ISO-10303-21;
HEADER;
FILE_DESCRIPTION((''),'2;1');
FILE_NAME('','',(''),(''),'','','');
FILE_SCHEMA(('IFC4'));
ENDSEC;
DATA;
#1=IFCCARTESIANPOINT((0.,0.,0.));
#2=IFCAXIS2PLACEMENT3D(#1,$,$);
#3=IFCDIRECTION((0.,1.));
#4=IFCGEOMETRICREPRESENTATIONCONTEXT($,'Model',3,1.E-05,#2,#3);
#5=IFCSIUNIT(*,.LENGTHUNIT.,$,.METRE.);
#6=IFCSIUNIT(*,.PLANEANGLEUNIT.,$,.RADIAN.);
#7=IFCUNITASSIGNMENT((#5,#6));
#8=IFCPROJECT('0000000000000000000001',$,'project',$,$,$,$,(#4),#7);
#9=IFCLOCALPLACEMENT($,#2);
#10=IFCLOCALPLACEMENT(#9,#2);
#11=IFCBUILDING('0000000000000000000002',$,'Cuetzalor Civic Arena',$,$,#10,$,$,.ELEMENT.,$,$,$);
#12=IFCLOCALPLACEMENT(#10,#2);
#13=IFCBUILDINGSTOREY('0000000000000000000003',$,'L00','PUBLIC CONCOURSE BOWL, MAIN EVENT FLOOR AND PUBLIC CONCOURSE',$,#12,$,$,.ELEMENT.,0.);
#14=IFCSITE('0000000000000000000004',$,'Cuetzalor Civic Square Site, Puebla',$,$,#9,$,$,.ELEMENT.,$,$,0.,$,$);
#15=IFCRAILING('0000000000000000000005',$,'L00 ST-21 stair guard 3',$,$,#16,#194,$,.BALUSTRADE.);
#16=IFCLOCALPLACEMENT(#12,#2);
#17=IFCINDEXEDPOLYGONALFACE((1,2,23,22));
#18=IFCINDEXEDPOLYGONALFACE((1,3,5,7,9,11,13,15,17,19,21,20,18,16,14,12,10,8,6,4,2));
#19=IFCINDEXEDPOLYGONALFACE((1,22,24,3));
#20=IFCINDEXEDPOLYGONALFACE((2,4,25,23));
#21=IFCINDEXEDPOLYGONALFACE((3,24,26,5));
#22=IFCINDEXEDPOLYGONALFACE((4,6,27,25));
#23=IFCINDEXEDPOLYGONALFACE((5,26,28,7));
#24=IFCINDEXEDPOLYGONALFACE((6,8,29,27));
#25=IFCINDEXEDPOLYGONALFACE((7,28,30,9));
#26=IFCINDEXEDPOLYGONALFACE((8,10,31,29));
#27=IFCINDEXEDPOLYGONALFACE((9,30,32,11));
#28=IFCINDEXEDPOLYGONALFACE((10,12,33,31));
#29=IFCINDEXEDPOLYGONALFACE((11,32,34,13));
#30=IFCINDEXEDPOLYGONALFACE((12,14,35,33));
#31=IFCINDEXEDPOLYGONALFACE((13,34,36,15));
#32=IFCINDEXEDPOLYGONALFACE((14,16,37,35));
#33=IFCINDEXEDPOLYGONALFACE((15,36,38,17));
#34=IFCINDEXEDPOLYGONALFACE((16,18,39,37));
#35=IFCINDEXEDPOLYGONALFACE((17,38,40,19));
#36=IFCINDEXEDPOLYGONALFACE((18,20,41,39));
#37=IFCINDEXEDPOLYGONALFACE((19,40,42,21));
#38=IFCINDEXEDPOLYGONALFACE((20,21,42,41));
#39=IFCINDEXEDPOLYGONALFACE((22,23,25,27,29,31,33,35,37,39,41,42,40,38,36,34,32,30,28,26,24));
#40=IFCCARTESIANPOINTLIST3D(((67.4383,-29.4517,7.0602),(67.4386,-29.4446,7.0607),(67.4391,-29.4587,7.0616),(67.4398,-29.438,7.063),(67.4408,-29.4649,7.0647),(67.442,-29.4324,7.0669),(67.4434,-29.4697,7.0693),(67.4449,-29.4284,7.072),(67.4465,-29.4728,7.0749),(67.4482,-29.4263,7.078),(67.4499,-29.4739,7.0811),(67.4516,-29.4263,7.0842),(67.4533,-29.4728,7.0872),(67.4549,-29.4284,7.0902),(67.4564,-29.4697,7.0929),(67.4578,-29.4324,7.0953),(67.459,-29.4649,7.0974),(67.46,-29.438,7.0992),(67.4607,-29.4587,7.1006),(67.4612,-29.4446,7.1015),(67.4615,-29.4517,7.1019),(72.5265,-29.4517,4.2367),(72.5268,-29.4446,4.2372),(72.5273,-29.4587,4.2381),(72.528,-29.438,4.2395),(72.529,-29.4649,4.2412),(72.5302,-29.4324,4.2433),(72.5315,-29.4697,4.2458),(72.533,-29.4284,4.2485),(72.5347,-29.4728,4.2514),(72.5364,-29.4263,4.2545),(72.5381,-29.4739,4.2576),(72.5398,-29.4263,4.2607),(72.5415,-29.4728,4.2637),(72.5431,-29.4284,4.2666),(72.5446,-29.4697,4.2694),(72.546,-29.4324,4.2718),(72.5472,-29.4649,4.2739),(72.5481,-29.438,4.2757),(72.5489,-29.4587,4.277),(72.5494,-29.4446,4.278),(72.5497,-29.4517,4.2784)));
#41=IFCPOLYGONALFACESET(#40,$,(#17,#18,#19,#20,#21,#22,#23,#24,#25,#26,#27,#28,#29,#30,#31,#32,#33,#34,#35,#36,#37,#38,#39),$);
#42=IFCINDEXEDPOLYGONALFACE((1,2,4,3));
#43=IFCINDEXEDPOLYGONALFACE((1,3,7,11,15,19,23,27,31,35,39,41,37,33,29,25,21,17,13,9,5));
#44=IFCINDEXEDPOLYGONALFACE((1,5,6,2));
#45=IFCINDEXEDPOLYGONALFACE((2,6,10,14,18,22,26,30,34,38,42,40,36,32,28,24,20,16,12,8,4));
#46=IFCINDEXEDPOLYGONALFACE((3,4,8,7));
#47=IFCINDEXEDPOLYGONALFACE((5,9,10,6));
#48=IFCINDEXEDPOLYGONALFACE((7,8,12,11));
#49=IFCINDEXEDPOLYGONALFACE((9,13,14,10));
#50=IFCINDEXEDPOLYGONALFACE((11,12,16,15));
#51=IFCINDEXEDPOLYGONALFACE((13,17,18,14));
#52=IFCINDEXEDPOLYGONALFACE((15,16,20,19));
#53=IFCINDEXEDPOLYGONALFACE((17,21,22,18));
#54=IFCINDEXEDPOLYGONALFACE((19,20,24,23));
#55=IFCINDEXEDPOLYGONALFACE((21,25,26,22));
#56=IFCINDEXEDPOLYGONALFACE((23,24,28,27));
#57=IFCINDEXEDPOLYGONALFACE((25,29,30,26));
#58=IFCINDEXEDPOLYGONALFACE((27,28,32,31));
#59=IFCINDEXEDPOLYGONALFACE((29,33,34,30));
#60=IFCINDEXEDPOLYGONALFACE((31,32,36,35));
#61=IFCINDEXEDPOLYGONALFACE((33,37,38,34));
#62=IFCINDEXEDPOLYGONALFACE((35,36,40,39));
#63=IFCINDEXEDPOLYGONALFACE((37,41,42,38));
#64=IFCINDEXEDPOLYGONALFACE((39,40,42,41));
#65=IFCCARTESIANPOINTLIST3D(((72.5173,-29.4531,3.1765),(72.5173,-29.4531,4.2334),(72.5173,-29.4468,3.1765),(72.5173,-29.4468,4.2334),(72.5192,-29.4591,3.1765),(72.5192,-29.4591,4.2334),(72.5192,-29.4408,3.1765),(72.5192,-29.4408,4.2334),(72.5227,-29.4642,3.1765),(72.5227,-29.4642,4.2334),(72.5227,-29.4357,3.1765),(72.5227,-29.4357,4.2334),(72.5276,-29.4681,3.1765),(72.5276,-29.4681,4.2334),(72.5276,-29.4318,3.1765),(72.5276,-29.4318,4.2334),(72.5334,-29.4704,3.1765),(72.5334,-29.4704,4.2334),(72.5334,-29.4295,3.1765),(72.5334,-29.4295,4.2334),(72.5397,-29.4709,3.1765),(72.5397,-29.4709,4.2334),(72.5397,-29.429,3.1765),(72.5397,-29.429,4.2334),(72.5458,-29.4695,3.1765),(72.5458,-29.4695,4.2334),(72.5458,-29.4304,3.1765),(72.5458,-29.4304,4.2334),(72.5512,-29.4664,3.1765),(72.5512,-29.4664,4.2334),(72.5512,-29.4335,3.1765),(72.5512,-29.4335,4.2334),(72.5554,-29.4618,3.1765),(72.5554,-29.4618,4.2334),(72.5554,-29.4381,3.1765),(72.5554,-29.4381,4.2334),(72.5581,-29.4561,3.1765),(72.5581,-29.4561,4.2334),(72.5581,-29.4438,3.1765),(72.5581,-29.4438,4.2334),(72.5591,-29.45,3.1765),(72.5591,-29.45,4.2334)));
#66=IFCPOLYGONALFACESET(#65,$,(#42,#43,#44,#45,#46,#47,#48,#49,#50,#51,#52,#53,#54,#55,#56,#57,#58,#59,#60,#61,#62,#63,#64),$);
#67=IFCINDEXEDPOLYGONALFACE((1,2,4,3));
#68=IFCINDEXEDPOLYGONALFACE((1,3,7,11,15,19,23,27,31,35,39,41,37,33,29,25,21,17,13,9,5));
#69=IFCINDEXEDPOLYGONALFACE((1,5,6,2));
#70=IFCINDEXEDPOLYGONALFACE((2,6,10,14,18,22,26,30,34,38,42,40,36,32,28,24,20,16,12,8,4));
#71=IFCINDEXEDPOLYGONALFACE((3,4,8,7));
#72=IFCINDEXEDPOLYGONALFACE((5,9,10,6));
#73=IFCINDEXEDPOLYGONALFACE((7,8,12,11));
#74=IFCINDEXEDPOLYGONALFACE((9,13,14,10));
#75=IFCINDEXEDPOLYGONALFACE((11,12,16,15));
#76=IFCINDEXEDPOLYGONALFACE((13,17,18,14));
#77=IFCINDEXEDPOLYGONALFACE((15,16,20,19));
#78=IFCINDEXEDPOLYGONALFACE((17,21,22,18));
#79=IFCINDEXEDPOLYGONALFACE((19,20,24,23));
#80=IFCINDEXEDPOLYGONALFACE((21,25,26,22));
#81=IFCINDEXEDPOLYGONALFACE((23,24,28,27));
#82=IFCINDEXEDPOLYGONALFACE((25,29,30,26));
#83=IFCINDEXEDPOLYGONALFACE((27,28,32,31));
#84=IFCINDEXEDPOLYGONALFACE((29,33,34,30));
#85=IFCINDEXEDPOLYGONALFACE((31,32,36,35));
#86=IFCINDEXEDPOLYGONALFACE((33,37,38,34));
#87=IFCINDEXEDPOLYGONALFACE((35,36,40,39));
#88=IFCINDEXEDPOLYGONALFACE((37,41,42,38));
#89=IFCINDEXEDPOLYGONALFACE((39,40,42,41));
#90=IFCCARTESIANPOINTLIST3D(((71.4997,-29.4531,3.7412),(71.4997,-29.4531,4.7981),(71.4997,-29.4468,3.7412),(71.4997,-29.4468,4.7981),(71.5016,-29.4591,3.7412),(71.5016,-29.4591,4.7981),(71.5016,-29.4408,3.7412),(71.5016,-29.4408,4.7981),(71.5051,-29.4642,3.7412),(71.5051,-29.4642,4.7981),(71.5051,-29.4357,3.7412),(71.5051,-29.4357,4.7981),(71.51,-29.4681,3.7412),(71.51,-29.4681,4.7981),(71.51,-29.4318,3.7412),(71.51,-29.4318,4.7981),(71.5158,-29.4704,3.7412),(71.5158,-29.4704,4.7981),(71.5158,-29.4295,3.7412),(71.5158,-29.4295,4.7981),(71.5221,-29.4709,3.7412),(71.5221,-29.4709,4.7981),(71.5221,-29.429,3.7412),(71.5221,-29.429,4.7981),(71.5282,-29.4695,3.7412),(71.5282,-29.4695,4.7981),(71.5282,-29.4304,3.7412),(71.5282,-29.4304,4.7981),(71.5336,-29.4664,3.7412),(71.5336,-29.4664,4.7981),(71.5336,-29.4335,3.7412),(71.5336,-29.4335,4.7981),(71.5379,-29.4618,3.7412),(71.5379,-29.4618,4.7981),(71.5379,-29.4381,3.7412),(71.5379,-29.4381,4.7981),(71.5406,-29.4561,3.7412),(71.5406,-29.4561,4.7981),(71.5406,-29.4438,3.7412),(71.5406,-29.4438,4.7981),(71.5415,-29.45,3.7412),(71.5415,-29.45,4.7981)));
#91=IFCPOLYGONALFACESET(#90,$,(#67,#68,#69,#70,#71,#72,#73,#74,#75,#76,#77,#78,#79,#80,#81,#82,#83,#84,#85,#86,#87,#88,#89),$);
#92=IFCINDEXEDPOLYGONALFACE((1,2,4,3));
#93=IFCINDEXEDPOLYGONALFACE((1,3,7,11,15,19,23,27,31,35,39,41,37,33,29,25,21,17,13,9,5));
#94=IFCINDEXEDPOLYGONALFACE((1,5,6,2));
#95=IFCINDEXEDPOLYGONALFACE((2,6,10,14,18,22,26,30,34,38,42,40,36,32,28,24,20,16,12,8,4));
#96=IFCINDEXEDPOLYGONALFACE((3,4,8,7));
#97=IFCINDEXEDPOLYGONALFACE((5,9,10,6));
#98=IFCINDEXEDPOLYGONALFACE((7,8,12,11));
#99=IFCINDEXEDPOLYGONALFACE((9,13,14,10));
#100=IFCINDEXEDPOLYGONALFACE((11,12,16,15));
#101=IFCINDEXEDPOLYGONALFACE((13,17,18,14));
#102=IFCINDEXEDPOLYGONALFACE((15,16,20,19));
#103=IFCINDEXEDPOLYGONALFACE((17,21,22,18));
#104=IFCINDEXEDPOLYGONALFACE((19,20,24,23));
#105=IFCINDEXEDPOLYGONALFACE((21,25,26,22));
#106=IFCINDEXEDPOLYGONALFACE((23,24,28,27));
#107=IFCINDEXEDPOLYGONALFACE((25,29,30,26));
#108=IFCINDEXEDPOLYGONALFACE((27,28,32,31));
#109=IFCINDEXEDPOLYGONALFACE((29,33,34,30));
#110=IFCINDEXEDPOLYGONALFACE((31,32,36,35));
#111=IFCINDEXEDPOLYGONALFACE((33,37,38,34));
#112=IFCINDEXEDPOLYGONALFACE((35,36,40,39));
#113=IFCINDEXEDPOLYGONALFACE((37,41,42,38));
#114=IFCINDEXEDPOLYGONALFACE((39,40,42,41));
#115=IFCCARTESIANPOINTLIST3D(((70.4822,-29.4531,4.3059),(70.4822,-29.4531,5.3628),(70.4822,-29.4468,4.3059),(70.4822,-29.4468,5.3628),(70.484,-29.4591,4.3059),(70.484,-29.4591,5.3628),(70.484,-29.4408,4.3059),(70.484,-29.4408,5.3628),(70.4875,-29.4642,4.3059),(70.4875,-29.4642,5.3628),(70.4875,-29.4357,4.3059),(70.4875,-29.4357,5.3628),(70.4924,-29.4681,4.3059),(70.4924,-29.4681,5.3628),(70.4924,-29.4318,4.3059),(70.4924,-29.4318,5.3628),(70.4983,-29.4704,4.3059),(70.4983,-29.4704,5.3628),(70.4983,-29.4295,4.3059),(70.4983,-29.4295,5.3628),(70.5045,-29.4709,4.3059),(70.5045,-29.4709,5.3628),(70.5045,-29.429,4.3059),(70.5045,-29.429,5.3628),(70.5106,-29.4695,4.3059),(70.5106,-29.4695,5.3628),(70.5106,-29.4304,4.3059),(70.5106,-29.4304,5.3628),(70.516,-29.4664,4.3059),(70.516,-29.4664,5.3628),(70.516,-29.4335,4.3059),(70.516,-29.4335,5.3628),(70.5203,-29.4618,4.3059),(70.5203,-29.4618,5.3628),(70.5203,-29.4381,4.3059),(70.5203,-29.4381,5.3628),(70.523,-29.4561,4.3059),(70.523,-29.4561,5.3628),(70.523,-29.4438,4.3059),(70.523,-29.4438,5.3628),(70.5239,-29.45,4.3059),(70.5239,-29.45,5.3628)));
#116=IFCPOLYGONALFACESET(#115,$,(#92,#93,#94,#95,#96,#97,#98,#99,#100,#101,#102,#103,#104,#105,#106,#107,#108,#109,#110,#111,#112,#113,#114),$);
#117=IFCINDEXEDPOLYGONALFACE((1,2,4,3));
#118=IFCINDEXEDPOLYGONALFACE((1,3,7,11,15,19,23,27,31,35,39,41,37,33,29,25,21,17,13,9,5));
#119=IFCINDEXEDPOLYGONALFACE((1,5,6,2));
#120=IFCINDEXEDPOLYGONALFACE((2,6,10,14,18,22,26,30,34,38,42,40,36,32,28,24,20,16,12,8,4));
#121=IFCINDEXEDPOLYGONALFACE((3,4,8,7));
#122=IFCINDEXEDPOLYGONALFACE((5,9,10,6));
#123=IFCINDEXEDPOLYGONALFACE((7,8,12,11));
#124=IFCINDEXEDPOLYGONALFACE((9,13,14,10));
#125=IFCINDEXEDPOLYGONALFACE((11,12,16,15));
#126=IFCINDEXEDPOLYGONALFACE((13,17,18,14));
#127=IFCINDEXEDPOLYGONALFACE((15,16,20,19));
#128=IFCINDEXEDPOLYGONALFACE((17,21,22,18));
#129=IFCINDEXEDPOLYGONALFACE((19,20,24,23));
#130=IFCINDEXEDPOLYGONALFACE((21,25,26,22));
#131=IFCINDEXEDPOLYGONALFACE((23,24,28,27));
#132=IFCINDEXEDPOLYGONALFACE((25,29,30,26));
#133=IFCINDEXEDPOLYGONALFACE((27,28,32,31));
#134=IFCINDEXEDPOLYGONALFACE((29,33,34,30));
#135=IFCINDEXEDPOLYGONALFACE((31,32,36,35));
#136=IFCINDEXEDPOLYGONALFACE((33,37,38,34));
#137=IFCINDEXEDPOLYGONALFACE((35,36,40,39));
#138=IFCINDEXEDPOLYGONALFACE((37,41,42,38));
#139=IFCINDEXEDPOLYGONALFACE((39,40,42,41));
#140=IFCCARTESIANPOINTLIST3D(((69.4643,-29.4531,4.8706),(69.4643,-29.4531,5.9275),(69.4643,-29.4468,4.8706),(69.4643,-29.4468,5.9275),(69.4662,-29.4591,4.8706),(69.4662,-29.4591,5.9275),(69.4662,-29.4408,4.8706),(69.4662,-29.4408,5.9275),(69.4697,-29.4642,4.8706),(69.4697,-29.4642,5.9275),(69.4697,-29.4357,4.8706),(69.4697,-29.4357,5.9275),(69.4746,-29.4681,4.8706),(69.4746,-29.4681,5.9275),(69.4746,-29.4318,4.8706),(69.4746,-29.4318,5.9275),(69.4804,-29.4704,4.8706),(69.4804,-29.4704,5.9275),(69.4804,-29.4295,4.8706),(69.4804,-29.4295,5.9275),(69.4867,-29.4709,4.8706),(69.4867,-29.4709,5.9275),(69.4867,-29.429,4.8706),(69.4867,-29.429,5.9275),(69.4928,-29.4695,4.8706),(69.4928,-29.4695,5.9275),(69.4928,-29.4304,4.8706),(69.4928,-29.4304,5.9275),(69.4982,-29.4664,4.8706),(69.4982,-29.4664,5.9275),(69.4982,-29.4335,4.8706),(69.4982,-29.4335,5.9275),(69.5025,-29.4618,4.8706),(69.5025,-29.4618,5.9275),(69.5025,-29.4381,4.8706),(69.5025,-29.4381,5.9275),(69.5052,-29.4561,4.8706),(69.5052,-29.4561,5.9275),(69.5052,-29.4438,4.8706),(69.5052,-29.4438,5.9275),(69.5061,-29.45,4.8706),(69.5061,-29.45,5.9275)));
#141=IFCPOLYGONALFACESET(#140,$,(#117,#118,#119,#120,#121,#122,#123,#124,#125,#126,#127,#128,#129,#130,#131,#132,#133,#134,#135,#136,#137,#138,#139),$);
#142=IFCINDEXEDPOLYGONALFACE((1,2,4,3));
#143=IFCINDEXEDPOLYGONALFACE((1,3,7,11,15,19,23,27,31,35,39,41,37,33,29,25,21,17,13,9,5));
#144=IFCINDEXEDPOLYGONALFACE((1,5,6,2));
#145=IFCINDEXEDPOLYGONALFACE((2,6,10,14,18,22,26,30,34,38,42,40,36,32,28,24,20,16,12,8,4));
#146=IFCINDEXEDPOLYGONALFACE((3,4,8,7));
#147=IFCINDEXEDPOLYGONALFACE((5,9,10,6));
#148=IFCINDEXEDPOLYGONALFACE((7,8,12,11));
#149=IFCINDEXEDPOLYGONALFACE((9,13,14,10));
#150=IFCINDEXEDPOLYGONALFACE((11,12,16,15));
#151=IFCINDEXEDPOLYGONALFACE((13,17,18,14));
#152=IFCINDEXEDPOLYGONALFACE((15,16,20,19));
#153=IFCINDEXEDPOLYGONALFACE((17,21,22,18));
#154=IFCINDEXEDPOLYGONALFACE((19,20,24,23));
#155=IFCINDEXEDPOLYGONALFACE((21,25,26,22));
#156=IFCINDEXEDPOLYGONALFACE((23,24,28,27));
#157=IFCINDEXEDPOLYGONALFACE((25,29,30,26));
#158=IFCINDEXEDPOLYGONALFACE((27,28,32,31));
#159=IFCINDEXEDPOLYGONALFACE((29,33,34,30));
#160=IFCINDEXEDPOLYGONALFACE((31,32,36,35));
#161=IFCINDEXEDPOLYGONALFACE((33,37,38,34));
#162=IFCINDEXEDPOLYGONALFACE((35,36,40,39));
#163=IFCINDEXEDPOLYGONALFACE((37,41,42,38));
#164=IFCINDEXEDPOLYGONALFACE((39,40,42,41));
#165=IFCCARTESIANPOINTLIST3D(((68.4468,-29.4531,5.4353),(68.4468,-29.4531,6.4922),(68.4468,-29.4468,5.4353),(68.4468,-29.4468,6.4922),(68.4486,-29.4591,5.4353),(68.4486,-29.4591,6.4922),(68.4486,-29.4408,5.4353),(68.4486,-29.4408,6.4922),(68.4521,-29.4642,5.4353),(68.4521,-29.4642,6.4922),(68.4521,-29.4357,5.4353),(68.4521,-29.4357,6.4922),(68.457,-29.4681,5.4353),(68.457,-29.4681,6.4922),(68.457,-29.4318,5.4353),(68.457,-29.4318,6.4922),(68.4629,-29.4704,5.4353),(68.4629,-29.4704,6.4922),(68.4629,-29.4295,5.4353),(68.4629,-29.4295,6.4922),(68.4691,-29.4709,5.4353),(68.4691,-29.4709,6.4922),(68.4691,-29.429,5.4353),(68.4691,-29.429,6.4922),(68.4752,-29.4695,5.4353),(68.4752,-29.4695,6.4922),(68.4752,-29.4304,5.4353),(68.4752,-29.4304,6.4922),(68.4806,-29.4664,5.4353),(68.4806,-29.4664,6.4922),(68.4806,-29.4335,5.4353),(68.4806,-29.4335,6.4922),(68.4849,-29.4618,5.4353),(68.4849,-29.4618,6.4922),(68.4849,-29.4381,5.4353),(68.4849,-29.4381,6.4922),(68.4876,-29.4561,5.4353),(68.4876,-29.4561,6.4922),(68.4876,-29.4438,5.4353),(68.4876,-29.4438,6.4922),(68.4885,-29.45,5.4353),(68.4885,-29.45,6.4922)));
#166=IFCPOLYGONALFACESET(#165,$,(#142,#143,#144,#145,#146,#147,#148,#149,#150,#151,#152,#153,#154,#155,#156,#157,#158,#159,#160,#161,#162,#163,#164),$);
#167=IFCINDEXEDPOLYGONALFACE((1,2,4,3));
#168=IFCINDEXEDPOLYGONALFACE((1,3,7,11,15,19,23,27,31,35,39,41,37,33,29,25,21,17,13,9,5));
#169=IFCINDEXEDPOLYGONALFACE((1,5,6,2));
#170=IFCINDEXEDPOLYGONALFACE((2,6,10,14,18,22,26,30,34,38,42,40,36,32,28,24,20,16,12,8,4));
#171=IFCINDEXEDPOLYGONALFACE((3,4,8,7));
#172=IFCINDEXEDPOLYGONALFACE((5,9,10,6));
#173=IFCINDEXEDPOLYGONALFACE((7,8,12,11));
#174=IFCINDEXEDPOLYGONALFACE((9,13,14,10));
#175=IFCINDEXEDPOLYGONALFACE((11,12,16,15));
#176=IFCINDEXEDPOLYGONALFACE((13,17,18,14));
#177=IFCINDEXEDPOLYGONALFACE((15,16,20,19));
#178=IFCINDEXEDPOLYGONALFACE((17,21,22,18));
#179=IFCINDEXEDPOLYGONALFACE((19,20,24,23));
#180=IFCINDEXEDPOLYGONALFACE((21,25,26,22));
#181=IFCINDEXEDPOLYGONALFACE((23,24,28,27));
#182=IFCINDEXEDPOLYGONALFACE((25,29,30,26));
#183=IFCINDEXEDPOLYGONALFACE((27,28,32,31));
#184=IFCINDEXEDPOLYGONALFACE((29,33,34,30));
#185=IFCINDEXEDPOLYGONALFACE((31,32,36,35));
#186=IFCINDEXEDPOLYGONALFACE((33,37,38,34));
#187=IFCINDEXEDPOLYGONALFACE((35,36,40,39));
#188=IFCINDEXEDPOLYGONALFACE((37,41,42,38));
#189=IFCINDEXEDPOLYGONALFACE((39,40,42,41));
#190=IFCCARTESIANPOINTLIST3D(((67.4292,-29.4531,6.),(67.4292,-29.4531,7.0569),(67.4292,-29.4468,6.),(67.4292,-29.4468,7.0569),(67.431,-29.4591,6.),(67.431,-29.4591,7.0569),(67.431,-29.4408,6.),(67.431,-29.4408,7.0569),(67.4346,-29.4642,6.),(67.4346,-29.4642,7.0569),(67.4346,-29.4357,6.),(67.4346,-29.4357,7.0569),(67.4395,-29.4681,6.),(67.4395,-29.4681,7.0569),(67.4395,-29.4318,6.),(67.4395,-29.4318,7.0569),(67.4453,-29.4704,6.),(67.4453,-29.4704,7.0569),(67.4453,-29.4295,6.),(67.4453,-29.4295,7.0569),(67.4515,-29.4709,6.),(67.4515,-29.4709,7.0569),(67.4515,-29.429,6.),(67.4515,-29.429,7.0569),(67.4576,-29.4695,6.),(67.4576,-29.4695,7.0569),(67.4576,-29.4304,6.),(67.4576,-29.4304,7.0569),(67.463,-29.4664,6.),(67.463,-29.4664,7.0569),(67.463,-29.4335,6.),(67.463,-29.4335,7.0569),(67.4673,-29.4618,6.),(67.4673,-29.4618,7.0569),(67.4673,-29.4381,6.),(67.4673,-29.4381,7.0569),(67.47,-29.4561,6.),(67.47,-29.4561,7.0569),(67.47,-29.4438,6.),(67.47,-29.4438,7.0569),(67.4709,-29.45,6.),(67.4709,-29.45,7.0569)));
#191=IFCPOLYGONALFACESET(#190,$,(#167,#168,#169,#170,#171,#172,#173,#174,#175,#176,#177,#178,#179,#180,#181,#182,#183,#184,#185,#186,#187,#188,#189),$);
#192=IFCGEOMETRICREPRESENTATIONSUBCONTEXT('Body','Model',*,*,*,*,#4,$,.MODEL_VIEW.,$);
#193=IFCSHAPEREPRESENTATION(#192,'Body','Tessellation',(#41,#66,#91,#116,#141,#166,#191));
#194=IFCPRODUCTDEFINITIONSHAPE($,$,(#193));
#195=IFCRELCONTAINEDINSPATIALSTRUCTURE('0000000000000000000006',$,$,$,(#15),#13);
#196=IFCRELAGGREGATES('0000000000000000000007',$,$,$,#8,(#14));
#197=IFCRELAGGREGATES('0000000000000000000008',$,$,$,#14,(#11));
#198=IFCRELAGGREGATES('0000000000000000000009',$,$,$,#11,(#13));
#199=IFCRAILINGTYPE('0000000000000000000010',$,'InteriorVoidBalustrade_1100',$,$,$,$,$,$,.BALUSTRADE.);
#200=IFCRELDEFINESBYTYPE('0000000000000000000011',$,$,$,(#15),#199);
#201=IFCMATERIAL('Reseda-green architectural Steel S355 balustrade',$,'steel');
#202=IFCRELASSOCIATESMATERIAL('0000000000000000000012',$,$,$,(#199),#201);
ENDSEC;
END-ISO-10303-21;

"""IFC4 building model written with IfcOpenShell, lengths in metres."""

from ifc_helpers import new_model, si_unit, direction, frame, origin, origin_2d, place, context, subcontext, project, spatial, circle, extrude, material, type_object, element, save


model = new_model("IFC4")

# Units and contexts
model_context = context("Model", 3, precision=1e-05, world=origin(), true_north=direction((0.0, 1.0)))
body_context = subcontext(model_context, "Body", "Model", "MODEL_VIEW")
ifc_project = project(units=[si_unit("LENGTHUNIT", "METRE"), si_unit("PLANEANGLEUNIT", "RADIAN")], contexts=[model_context])

# Site, building, storey
site_placement = place(None, origin())
site = spatial("IfcSite", under=ifc_project, at=site_placement, Name="Cuetzalor Civic Square Site, Puebla", CompositionType="ELEMENT", RefElevation=0.0)
building_placement = place(site_placement, origin())
building = spatial("IfcBuilding", under=site, at=building_placement, Name="Cuetzalor Civic Arena", CompositionType="ELEMENT")
storey_placement = place(building_placement, origin())
storey = spatial("IfcBuildingStorey", under=building, at=storey_placement, Name="L00", Description="PUBLIC CONCOURSE BOWL, MAIN EVENT FLOOR AND PUBLIC CONCOURSE", CompositionType="ELEMENT", Elevation=0.0)

# Railing
ifc_material_1 = material(Name="Reseda-green architectural Steel S355 balustrade", Category="steel")
railing_type_1 = type_object("IfcRailingType", Name="InteriorVoidBalustrade_1100", PredefinedType="BALUSTRADE", material=ifc_material_1)
railing_1_placement = place(storey_placement, frame((72.5381, -29.45, 3.1765)))
element("IfcRailing", 1, at=railing_1_placement, inside=storey, type_object=railing_type_1, Name="L00 ST-21 stair guard 3", PredefinedType="BALUSTRADE", context=body_context, shape_type="SweptSolid", body=[
    extrude(circle(Radius=0.0239, at=origin_2d()), frame((0.0, 0.0, 1.0811), z_axis=(-0.874395, 0.0, 0.485215), x_axis=(0.0, -1.0, 0.0)), (0.0, 0.0, 1.0), 5.8191),
    extrude(circle(Radius=0.021, at=origin_2d()), origin(), (0.0, 0.0, 1.0), 1.0569),
    extrude(circle(Radius=0.021, at=origin_2d()), frame((-1.0176, 0.0, 0.5647)), (0.0, 0.0, 1.0), 1.0569),
    extrude(circle(Radius=0.021, at=origin_2d()), frame((-2.0352, 0.0, 1.1294)), (0.0, 0.0, 1.0), 1.0569),
    extrude(circle(Radius=0.021, at=origin_2d()), frame((-3.053, 0.0, 1.6941)), (0.0, 0.0, 1.0), 1.0569),
    extrude(circle(Radius=0.021, at=origin_2d()), frame((-4.0706, 0.0, 2.2588)), (0.0, 0.0, 1.0), 1.0569),
    extrude(circle(Radius=0.021, at=origin_2d()), frame((-5.0881, 0.0, 2.8235)), (0.0, 0.0, 1.0), 1.0569),
])

save(model, "model.ifc")
